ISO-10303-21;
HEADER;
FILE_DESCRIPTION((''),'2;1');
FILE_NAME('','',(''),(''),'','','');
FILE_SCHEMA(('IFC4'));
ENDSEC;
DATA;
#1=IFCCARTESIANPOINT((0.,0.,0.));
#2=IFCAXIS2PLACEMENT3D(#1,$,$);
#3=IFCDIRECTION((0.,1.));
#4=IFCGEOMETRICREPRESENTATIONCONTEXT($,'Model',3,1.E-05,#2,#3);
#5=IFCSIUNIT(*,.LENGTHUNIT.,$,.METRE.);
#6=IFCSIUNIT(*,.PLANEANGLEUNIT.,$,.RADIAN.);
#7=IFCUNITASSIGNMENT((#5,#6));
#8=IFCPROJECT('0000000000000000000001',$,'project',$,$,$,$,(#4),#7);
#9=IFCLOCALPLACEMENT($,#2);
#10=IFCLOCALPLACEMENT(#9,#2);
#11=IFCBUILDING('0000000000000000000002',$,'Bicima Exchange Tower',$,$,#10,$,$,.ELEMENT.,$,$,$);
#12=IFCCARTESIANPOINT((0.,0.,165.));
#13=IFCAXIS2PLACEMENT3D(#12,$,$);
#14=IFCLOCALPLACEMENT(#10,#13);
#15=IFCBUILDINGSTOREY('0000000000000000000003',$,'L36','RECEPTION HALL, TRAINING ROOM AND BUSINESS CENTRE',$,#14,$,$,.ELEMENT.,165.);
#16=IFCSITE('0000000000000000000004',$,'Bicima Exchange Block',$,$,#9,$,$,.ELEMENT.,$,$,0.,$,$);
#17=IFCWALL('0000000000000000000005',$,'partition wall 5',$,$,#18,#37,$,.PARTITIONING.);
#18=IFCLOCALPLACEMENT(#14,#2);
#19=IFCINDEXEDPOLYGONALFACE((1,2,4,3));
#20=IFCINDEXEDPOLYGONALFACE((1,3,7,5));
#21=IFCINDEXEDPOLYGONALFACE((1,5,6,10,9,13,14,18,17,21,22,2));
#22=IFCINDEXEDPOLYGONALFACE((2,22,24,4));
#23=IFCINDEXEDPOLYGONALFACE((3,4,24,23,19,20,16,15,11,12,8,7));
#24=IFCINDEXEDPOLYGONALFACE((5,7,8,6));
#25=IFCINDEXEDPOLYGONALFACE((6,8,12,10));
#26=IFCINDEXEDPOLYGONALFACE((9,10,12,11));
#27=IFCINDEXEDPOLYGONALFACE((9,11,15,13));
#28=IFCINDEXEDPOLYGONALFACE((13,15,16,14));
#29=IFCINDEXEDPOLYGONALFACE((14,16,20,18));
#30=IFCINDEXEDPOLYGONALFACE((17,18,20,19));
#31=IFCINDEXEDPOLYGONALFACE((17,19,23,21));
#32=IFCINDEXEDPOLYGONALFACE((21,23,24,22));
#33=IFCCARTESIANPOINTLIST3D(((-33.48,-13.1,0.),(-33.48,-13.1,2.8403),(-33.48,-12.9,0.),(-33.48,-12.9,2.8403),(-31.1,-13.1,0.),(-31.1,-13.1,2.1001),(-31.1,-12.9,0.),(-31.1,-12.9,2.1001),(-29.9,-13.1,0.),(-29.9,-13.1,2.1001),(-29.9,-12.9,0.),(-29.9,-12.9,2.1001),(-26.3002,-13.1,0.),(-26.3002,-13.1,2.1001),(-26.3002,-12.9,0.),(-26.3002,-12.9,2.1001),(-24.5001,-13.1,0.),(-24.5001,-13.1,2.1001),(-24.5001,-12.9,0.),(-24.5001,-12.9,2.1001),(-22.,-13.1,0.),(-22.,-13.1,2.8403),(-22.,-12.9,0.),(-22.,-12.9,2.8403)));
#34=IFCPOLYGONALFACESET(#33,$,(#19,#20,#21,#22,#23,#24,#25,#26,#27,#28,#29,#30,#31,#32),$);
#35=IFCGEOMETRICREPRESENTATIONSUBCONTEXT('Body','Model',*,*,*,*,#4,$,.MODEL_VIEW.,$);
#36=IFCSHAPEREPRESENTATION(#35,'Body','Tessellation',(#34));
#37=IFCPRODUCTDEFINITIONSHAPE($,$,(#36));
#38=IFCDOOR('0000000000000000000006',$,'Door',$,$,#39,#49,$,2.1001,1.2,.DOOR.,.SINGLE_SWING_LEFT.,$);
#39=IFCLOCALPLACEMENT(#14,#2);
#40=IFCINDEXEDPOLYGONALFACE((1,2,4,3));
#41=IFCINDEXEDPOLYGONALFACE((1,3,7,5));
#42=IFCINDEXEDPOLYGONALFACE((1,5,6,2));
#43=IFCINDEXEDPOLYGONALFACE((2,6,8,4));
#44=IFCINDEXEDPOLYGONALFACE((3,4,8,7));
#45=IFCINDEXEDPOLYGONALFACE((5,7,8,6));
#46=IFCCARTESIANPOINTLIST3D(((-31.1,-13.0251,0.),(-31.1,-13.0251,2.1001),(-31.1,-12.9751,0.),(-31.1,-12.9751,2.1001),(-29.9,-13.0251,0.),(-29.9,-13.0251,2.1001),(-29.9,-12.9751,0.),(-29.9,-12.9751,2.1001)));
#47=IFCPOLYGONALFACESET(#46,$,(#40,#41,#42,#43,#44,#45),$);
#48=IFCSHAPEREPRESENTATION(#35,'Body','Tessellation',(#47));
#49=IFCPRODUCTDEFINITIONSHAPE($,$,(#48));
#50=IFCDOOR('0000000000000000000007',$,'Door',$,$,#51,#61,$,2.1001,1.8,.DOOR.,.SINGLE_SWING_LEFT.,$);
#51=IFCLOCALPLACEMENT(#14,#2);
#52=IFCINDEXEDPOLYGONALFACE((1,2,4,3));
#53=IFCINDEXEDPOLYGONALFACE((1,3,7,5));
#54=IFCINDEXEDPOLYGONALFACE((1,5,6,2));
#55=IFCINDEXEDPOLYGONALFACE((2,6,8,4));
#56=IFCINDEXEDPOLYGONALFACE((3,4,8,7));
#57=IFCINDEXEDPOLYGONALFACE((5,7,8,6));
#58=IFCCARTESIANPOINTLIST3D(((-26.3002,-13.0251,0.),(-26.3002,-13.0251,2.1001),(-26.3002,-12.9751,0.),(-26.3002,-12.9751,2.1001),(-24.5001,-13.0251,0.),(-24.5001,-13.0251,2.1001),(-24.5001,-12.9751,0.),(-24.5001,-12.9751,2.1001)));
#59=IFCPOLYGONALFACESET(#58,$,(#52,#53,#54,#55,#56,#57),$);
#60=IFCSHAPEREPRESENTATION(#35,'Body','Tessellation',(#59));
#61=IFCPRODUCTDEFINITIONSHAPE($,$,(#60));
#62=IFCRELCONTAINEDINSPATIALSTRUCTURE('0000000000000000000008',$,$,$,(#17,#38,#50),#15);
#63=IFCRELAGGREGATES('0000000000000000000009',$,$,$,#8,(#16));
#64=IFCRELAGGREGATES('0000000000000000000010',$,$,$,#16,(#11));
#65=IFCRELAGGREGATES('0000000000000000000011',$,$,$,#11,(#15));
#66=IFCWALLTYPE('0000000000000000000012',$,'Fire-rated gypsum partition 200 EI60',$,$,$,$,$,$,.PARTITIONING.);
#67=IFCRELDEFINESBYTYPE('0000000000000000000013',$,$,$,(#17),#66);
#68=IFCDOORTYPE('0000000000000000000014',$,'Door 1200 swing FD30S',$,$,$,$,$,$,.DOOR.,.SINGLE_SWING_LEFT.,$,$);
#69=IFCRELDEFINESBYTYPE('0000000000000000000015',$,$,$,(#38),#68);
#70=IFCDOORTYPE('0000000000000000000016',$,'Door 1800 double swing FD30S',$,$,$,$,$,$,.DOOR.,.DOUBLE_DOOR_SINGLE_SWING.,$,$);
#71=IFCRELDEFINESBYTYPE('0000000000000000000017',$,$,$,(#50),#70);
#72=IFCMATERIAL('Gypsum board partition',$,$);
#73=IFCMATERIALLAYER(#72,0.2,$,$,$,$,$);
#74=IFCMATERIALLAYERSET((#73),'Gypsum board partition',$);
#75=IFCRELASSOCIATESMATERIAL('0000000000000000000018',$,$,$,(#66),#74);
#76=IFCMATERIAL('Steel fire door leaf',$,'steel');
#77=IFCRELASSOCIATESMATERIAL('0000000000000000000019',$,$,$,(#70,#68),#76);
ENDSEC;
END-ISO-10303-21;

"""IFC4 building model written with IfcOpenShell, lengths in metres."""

from ifc_helpers import new_model, si_unit, direction, frame, frame_2d, origin, place, context, subcontext, project, spatial, rectangle, extrude, material, layer, layer_set, type_object, element, fill, save


model = new_model("IFC4")

# Units and contexts
model_context = context("Model", 3, precision=1e-05, world=origin(), true_north=direction((0.0, 1.0)))
body_context = subcontext(model_context, "Body", "Model", "MODEL_VIEW")
ifc_project = project(units=[si_unit("LENGTHUNIT", "METRE"), si_unit("PLANEANGLEUNIT", "RADIAN")], contexts=[model_context])

# Site, building, storey
site_placement = place(None, origin())
site = spatial("IfcSite", under=ifc_project, at=site_placement, Name="Bicima Exchange Block", CompositionType="ELEMENT", RefElevation=0.0)
building_placement = place(site_placement, origin())
building = spatial("IfcBuilding", under=site, at=building_placement, Name="Bicima Exchange Tower", CompositionType="ELEMENT")
storey_placement = place(building_placement, frame((0.0, 0.0, 165.0)))
storey = spatial("IfcBuildingStorey", under=building, at=storey_placement, Name="L36", Description="RECEPTION HALL, TRAINING ROOM AND BUSINESS CENTRE", CompositionType="ELEMENT", Elevation=165.0)

# Shared definitions
ifc_material_1 = material(Name="Gypsum board partition")
ifc_layer_1 = layer(ifc_material_1, 0.2)
ifc_layer_set_1 = layer_set([ifc_layer_1], Name="Gypsum board partition")
wall_type = type_object("IfcWallType", Name="Fire-rated gypsum partition 200 EI60", PredefinedType="PARTITIONING", material=ifc_layer_set_1)
ifc_material_2 = material(Name="Steel fire door leaf", Category="steel")
door_type_1 = type_object("IfcDoorType", Name="Door 1800 double swing FD30S", OperationType="DOUBLE_DOOR_SINGLE_SWING", PredefinedType="DOOR", material=ifc_material_2)

# Wall, openings, doors
wall_1_placement = place(storey_placement, frame((-33.48, -13.0, 0.0), z_axis=(0.0, 0.0, 1.0), x_axis=(1.0, 0.0, 0.0)))
wall_1 = element("IfcWall", 1, at=wall_1_placement, inside=storey, type_object=wall_type, Name="partition wall 5", PredefinedType="PARTITIONING", context=body_context, shape_type="SweptSolid", body=[
    extrude(rectangle(XDim=11.48, YDim=0.2, at=frame_2d((5.74, 0.0))), origin(), (0.0, 0.0, 1.0), 2.8403),
])
opening_1_placement = place(wall_1_placement, frame((2.3799, 0.0, 0.0)))
opening_1 = element("IfcOpeningElement", 2, at=opening_1_placement, cuts=wall_1, PredefinedType="OPENING", context=body_context, shape_type="SweptSolid", body=[
    extrude(rectangle(XDim=1.2, YDim=2.1001, at=frame_2d((0.6001, 1.05))), frame((0.0, 0.1118, 0.0), z_axis=(0.0, -1.0, 0.0), x_axis=(1.0, 0.0, 0.0)), (0.0, 0.0, 1.0), 0.2239),
])
opening_2_placement = place(wall_1_placement, frame((7.1799, 0.0, 0.0)))
opening_2 = element("IfcOpeningElement", 3, at=opening_2_placement, cuts=wall_1, PredefinedType="OPENING", context=body_context, shape_type="SweptSolid", body=[
    extrude(rectangle(XDim=1.8, YDim=2.1001, at=frame_2d((0.8999, 1.05))), frame((0.0, 0.1118, 0.0), z_axis=(0.0, -1.0, 0.0), x_axis=(1.0, 0.0, 0.0)), (0.0, 0.0, 1.0), 0.2239),
])
door_type_2 = type_object("IfcDoorType", Name="Door 1200 swing FD30S", OperationType="SINGLE_SWING_LEFT", PredefinedType="DOOR", material=ifc_material_2)
door_1_placement = place(opening_1_placement, origin())
door_1 = element("IfcDoor", 4, at=door_1_placement, inside=storey, type_object=door_type_2, Name="Door", OperationType="SINGLE_SWING_LEFT", OverallHeight=2.1001, OverallWidth=1.2, PredefinedType="DOOR", context=body_context, shape_type="SweptSolid", body=[
    extrude(rectangle(XDim=1.2, YDim=2.1001, at=frame_2d((0.6001, 1.05))), frame((0.0, 0.0249, 0.0), z_axis=(0.0, -1.0, 0.0), x_axis=(1.0, 0.0, 0.0)), (0.0, 0.0, 1.0), 0.05),
])
fill(opening_1, door_1)
door_2_placement = place(opening_2_placement, origin())
door_2 = element("IfcDoor", 5, at=door_2_placement, inside=storey, type_object=door_type_1, Name="Door", OperationType="SINGLE_SWING_LEFT", OverallHeight=2.1001, OverallWidth=1.8, PredefinedType="DOOR", context=body_context, shape_type="SweptSolid", body=[
    extrude(rectangle(XDim=1.8, YDim=2.1001, at=frame_2d((0.8999, 1.05))), frame((0.0, 0.0249, 0.0), z_axis=(0.0, -1.0, 0.0), x_axis=(1.0, 0.0, 0.0)), (0.0, 0.0, 1.0), 0.05),
])
fill(opening_2, door_2)

save(model, "model.ifc")
